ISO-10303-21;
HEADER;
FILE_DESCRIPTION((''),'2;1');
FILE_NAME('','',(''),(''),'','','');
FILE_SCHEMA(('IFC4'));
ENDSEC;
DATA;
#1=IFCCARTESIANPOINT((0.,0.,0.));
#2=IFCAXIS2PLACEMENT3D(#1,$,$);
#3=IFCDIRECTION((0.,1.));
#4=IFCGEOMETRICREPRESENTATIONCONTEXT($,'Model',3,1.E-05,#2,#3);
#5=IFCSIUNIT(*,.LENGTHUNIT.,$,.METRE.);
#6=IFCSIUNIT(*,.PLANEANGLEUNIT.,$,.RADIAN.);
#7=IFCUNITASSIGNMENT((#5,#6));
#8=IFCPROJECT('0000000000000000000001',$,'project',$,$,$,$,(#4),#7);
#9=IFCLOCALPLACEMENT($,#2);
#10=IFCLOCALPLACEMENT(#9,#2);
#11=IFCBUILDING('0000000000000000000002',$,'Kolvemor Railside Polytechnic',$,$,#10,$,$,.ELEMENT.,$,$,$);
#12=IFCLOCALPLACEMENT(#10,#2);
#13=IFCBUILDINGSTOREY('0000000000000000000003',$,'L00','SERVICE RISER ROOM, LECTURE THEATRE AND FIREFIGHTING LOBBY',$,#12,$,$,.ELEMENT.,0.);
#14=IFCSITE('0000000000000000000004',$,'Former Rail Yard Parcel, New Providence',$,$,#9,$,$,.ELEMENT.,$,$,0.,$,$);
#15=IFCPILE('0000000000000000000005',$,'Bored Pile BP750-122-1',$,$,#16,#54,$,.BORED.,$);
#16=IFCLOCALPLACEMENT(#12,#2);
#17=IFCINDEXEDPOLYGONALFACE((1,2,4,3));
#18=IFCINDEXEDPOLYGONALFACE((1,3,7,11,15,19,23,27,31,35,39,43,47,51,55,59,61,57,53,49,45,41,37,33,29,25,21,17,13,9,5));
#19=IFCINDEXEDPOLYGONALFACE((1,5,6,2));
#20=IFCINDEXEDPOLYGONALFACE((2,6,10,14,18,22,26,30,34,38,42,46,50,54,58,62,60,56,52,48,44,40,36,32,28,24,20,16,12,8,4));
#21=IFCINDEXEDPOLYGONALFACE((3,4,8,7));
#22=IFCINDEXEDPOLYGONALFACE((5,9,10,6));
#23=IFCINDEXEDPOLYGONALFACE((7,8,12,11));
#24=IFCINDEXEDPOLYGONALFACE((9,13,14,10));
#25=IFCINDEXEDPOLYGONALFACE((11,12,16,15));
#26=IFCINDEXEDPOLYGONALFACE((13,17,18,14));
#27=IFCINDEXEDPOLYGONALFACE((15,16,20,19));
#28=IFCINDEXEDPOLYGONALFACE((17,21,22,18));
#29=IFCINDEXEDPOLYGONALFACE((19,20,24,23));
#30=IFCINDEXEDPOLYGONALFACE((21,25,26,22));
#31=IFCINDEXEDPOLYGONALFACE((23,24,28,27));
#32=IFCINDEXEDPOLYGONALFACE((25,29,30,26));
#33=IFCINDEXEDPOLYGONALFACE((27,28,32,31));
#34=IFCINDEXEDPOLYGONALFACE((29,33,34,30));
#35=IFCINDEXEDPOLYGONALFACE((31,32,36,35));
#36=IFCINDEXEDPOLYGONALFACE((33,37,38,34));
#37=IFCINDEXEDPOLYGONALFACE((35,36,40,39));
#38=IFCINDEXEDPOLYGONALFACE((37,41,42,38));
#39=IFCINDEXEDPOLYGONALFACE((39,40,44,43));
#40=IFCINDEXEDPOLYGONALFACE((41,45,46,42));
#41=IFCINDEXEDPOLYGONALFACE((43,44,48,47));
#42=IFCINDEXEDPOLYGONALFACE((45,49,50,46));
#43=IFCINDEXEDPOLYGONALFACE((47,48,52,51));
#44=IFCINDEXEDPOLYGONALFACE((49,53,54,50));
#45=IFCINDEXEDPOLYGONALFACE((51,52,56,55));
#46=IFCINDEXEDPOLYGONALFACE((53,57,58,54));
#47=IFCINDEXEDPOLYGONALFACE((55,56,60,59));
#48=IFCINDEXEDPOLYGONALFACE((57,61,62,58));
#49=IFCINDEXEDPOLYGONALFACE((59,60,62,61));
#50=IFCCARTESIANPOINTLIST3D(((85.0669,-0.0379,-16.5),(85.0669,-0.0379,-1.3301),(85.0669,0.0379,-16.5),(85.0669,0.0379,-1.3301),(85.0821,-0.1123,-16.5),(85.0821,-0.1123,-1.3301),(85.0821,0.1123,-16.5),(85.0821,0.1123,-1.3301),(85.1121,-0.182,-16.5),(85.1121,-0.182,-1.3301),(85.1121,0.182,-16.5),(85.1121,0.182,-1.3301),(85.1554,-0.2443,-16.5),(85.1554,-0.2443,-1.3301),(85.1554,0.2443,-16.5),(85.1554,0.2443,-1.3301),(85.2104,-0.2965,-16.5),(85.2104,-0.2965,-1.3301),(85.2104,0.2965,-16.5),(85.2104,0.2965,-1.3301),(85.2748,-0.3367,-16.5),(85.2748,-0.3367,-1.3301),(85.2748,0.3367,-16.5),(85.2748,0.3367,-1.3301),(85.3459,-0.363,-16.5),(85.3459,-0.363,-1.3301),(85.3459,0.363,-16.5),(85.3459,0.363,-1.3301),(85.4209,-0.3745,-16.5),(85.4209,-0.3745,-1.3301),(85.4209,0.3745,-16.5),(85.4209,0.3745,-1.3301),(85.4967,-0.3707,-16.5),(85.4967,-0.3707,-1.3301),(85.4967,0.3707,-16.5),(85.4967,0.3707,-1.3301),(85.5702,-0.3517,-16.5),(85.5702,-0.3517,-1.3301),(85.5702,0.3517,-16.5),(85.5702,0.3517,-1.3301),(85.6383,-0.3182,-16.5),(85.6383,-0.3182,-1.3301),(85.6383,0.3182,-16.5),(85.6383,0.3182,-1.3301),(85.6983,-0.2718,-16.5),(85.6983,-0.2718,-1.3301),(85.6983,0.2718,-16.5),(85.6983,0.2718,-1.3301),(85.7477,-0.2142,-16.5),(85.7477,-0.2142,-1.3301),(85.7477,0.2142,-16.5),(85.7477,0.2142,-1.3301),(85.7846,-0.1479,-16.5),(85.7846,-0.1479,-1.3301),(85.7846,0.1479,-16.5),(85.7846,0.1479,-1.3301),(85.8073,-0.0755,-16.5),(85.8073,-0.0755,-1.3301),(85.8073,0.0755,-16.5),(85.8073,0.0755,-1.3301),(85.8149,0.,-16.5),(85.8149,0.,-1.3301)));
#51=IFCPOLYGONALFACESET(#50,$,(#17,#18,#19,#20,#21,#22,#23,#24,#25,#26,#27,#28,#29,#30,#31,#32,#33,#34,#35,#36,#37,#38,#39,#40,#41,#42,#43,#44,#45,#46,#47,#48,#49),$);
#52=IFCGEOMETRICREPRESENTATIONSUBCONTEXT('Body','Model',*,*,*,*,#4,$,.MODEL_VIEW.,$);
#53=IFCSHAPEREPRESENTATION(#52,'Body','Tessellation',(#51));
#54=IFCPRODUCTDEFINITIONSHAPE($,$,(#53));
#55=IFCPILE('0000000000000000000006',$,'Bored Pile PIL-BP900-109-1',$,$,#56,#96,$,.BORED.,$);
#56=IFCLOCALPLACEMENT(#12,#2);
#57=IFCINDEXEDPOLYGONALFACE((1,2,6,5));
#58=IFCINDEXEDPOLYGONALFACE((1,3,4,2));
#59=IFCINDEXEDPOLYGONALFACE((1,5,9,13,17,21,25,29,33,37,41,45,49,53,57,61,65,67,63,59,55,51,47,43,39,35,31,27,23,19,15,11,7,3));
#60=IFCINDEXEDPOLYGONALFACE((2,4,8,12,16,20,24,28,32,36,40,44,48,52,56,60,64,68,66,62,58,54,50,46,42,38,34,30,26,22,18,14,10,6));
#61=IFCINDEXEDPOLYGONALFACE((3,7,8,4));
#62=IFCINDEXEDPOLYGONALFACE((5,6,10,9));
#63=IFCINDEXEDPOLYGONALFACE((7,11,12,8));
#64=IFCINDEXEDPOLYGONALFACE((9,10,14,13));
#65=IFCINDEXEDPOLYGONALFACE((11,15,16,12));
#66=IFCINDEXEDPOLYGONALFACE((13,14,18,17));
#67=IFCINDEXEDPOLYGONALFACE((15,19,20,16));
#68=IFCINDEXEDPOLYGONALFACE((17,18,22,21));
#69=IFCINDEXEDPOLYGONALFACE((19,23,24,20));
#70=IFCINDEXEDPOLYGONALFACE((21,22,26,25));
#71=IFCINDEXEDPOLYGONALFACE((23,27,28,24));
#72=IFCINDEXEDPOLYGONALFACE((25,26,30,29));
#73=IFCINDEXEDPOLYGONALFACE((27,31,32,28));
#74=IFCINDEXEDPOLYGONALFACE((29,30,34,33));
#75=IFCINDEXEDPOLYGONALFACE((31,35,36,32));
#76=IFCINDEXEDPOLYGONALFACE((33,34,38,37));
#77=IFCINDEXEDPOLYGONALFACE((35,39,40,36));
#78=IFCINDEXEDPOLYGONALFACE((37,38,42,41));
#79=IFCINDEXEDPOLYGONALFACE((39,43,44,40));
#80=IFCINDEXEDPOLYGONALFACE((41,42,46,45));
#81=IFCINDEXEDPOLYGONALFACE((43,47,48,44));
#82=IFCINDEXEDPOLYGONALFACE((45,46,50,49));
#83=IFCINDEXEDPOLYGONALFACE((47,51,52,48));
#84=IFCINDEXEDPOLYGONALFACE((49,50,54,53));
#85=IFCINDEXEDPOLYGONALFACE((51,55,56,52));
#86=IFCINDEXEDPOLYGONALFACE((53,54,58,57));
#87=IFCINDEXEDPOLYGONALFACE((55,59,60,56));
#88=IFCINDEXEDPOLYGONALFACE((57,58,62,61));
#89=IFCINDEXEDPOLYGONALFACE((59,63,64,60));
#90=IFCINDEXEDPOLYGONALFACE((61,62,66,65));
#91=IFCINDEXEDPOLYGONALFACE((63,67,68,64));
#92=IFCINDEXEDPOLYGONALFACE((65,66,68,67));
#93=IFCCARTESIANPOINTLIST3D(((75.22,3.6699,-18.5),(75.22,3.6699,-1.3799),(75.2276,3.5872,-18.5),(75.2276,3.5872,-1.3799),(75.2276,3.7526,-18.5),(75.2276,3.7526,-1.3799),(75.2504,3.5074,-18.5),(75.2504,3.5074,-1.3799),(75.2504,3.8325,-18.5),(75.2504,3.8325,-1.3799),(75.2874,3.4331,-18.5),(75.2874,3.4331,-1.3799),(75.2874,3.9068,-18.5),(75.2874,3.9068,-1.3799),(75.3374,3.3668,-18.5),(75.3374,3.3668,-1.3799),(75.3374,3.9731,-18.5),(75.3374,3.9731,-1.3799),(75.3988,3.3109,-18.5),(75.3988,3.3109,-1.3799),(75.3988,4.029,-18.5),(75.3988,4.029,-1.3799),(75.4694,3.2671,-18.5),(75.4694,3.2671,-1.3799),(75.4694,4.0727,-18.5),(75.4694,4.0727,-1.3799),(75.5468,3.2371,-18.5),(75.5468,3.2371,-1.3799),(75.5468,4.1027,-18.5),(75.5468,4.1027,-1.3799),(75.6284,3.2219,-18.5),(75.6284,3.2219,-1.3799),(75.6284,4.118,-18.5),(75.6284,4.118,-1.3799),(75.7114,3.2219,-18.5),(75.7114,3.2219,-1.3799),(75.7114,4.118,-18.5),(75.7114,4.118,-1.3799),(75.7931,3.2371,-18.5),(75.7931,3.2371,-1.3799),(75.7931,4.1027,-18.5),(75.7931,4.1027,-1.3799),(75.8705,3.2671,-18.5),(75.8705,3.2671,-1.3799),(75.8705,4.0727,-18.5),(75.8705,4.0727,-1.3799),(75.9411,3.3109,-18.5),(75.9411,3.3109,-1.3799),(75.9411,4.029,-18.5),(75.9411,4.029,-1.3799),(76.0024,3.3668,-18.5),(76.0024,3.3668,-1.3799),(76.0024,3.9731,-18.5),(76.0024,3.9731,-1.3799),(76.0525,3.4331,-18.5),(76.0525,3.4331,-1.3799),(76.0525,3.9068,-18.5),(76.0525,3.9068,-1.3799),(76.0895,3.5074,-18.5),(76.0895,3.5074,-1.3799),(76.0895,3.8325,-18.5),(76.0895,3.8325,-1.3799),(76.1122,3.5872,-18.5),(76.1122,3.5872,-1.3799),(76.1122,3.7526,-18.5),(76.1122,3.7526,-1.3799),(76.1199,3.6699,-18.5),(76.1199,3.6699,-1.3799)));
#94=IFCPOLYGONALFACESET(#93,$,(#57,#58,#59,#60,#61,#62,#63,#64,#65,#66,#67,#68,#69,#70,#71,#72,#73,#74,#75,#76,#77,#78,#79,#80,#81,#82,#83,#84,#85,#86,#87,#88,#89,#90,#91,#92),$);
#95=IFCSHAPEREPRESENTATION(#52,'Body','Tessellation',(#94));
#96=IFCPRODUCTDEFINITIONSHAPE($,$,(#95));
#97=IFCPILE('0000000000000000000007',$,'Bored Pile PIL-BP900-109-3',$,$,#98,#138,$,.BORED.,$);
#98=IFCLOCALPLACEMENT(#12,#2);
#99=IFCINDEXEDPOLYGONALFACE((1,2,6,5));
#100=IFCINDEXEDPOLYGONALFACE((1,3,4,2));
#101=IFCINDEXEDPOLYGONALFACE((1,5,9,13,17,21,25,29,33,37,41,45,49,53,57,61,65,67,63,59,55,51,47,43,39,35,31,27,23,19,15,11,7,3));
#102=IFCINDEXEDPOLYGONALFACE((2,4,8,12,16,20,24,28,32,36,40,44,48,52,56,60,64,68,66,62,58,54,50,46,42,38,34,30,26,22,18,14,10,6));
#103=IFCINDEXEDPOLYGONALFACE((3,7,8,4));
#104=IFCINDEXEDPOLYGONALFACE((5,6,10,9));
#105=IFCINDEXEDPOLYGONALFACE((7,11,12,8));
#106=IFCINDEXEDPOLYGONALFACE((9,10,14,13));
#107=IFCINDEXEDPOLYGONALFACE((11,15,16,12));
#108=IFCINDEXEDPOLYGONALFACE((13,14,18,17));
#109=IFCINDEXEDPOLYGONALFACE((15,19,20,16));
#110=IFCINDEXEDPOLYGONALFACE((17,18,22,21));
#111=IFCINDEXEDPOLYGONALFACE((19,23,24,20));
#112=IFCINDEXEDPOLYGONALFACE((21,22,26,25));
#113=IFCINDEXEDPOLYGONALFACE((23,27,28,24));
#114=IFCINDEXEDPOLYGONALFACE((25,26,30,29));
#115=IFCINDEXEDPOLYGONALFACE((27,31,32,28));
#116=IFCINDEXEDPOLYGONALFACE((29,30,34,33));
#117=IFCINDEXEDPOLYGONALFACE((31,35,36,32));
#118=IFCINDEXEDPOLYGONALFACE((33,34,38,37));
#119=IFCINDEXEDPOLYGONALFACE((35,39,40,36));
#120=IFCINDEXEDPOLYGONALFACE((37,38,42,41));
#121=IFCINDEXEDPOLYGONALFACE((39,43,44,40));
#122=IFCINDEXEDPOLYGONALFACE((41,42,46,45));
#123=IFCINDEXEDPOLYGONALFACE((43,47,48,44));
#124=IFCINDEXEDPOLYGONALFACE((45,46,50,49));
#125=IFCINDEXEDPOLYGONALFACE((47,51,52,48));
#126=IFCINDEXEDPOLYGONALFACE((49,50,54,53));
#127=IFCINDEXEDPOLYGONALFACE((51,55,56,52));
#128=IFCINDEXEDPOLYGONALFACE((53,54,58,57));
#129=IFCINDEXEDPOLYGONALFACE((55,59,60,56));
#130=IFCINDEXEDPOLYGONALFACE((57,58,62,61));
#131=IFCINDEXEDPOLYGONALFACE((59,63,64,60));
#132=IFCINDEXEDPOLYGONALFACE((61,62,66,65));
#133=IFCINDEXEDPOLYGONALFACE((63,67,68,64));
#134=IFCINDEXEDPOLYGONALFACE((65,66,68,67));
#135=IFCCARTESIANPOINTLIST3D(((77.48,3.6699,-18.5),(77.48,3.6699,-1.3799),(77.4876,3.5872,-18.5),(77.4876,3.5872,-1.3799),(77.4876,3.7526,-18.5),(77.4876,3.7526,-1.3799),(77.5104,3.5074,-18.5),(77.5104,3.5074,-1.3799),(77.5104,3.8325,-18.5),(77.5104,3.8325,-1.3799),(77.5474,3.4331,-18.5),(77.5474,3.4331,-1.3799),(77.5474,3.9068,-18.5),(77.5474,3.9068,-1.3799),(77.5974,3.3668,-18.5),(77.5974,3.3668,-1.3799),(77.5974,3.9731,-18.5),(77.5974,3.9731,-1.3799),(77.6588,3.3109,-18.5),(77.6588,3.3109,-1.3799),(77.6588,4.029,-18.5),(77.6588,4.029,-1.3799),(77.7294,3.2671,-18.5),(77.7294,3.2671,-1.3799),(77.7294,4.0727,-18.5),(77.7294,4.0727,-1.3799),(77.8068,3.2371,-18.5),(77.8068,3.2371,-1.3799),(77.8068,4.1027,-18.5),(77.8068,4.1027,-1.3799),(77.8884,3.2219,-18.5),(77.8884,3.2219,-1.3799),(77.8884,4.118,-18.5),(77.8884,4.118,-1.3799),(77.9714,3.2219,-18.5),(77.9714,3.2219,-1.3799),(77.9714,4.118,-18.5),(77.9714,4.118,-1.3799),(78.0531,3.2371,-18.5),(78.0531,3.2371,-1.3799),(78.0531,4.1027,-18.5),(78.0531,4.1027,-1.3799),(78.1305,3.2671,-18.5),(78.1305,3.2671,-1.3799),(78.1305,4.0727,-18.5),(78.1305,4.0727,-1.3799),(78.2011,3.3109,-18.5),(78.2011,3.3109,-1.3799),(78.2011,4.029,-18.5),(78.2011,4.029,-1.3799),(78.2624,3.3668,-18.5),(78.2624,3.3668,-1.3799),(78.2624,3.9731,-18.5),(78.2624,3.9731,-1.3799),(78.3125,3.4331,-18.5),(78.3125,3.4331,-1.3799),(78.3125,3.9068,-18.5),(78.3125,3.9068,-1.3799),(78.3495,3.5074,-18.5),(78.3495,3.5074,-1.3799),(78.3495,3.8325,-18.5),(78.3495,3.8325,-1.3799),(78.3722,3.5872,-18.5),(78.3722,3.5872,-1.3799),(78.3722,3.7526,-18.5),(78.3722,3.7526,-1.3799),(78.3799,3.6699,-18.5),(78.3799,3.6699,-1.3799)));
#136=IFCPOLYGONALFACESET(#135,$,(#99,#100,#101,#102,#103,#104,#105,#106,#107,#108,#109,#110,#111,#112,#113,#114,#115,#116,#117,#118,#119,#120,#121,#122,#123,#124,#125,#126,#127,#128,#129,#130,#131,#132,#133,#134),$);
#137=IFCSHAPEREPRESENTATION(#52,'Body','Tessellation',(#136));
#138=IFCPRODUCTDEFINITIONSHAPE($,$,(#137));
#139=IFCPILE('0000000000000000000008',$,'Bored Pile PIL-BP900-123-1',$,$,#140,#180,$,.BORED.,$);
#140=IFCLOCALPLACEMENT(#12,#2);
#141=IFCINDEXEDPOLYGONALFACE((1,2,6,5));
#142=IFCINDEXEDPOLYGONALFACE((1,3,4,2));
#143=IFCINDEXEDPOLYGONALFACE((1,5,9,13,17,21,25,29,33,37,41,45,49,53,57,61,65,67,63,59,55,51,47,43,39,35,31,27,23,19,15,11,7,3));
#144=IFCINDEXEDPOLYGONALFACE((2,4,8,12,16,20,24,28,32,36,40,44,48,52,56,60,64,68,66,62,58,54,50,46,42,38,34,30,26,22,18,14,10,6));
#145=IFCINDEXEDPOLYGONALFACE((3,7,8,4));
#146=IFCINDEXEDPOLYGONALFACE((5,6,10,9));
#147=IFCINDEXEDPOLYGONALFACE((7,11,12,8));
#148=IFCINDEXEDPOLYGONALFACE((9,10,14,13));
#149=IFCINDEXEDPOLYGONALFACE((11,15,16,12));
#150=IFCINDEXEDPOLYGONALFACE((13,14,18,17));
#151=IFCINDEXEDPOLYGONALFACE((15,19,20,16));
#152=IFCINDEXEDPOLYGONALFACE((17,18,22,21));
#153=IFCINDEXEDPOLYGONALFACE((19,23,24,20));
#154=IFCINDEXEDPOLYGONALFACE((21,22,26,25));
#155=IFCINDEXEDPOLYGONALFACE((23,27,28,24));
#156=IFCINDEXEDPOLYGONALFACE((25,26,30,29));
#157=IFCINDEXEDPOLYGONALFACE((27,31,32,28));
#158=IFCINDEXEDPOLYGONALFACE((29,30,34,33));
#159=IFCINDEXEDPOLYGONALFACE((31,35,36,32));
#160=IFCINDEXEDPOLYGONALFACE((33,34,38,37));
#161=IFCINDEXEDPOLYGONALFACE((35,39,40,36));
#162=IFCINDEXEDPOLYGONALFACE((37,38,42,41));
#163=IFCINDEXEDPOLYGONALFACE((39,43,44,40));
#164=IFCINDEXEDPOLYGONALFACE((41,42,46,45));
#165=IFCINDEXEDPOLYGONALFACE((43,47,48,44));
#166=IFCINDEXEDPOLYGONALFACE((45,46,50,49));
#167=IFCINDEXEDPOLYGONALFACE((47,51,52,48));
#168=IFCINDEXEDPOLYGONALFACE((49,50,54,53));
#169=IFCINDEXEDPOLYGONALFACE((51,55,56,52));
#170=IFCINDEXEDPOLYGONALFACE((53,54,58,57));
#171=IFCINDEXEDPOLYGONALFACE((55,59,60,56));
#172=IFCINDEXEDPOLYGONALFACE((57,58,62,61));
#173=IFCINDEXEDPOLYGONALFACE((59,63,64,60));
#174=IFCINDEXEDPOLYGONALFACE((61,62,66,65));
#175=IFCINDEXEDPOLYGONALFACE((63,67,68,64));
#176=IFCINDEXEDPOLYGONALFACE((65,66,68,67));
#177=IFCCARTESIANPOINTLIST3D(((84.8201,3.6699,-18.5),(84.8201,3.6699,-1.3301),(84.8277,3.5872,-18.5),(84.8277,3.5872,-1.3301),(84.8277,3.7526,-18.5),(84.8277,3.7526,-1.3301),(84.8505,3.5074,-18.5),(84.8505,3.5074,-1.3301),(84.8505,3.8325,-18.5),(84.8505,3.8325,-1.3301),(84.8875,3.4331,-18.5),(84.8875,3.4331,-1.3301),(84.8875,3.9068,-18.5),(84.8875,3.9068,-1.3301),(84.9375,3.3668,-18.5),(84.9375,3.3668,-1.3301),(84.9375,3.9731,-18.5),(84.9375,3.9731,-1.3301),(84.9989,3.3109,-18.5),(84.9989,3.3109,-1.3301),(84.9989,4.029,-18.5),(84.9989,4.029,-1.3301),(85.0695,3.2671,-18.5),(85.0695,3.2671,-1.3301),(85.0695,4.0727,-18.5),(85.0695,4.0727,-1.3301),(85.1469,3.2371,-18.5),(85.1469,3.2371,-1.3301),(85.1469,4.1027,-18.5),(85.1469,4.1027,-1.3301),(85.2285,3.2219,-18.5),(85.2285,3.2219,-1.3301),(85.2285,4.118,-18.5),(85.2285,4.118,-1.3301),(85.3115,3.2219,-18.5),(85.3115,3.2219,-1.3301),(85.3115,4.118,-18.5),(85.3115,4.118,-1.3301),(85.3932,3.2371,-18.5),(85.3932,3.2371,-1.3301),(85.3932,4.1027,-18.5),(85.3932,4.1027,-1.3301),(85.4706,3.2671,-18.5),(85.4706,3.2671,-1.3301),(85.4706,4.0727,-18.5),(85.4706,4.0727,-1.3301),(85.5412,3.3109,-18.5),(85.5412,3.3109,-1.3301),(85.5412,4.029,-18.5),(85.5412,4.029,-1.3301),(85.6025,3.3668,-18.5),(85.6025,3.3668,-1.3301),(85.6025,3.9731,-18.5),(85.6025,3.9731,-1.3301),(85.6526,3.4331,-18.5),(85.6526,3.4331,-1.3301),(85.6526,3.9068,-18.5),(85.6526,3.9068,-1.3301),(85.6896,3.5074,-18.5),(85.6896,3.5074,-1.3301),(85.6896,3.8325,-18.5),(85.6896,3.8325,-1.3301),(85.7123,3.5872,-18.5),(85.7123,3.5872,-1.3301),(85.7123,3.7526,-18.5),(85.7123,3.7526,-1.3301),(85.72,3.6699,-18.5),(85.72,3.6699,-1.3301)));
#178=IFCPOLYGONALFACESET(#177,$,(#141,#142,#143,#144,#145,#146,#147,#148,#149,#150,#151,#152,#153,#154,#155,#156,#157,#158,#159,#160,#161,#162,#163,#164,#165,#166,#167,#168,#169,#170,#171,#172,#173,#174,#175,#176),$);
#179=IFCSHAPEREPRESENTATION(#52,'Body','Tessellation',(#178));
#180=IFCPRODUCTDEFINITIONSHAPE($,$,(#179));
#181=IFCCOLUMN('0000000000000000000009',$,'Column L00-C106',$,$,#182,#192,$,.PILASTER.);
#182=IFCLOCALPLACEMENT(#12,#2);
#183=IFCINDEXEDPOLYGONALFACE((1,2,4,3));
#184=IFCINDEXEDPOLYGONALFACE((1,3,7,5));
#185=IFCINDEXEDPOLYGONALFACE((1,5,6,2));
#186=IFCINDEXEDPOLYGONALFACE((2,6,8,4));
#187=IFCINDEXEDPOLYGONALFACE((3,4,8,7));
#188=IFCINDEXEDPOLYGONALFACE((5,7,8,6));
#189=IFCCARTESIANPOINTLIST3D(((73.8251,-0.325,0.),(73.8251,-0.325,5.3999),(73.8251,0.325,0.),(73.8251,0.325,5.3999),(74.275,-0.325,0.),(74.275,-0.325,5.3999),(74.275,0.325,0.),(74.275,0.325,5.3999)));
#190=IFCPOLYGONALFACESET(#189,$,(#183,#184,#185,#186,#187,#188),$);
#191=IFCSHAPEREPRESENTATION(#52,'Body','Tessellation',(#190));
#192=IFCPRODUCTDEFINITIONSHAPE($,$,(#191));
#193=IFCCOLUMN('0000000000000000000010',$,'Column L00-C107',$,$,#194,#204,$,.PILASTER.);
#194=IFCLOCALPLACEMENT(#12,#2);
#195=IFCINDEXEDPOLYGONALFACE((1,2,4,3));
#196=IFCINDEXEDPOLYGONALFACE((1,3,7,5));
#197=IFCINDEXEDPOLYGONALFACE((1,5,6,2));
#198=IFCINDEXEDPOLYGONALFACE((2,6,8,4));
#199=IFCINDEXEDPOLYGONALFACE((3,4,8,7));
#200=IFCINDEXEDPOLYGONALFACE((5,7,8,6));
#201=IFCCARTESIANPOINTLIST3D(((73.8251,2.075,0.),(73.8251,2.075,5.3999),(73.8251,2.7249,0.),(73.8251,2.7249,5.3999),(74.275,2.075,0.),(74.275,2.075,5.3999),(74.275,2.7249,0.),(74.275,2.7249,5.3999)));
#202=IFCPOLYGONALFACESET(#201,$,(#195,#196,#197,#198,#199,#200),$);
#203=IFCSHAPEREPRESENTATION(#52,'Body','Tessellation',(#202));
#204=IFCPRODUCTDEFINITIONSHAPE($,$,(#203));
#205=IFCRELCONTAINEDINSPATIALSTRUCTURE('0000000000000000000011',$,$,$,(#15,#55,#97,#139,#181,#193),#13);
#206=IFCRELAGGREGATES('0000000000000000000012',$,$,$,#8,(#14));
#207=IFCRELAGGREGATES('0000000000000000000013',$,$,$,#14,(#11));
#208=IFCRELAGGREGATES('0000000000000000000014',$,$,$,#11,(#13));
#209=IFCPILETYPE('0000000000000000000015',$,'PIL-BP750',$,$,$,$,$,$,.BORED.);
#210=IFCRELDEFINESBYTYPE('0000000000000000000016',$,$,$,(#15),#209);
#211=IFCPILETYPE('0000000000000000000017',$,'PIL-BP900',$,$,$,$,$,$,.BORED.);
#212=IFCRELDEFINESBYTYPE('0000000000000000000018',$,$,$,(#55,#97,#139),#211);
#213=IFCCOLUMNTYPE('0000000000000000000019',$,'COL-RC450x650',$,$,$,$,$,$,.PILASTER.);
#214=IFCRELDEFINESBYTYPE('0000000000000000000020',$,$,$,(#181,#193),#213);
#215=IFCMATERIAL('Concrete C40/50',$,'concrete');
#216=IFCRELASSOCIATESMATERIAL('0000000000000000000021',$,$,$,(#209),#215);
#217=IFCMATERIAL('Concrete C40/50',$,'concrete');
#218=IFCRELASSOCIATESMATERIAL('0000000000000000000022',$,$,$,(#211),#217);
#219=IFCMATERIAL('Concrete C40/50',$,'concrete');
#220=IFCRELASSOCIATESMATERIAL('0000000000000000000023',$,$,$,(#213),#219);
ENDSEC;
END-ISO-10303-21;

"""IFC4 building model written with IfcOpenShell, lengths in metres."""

from ifc_helpers import new_model, si_unit, direction, frame, origin, origin_2d, place, context, subcontext, project, spatial, rectangle, circle, extrude, material, material_profile, profile_set, type_object, element, save


model = new_model("IFC4")

# Units and contexts
model_context = context("Model", 3, precision=1e-05, world=origin(), true_north=direction((0.0, 1.0)))
body_context = subcontext(model_context, "Body", "Model", "MODEL_VIEW")
ifc_project = project(units=[si_unit("LENGTHUNIT", "METRE"), si_unit("PLANEANGLEUNIT", "RADIAN")], contexts=[model_context])

# Site, building, storey
site_placement = place(None, origin())
site = spatial("IfcSite", under=ifc_project, at=site_placement, Name="Former Rail Yard Parcel, New Providence", CompositionType="ELEMENT", RefElevation=0.0)
building_placement = place(site_placement, origin())
building = spatial("IfcBuilding", under=site, at=building_placement, Name="Kolvemor Railside Polytechnic", CompositionType="ELEMENT")
storey_placement = place(building_placement, origin())
storey = spatial("IfcBuildingStorey", under=building, at=storey_placement, Name="L00", Description="SERVICE RISER ROOM, LECTURE THEATRE AND FIREFIGHTING LOBBY", CompositionType="ELEMENT", Elevation=0.0)

# Piles
ifc_material_1 = material(Name="Concrete C40/50", Category="concrete")
ifc_material_profile_1 = material_profile(ifc_material_1, circle(Radius=0.375, at=origin_2d()), Name="BP750")
ifc_profile_set_1 = profile_set([ifc_material_profile_1], Name="Concrete C40/50")
pile_type_1 = type_object("IfcPileType", Name="PIL-BP750", PredefinedType="BORED", material=ifc_profile_set_1)
pile_1_placement = place(storey_placement, frame((85.4399, 0.0, -1.3301), z_axis=(0.0, 0.0, -1.0), x_axis=(1.0, 0.0, 0.0)))
element("IfcPile", 1, at=pile_1_placement, inside=storey, type_object=pile_type_1, Name="Bored Pile BP750-122-1", PredefinedType="BORED", context=body_context, shape_type="SweptSolid", body=[
    extrude(circle(Radius=0.375, at=origin_2d()), origin(), (0.0, 0.0, 1.0), 15.1699),
])
ifc_material_2 = material(Name="Concrete C40/50", Category="concrete")
ifc_material_profile_2 = material_profile(ifc_material_2, circle(Radius=0.45, at=origin_2d()), Name="BP900")
ifc_profile_set_2 = profile_set([ifc_material_profile_2], Name="Concrete C40/50")
pile_type_2 = type_object("IfcPileType", Name="PIL-BP900", PredefinedType="BORED", material=ifc_profile_set_2)
for number, where, z_axis, x_axis, name in (
    (2, (75.6699, 3.6699, -1.3799), (0.0, 0.0, -1.0), (1.0, 0.0, 0.0), "Bored Pile PIL-BP900-109-1"),
    (3, (77.9299, 3.6699, -1.3799), (0.0, 0.0, -1.0), (1.0, 0.0, 0.0), "Bored Pile PIL-BP900-109-3"),
):
    element("IfcPile", number, at=place(storey_placement, frame(where, z_axis=z_axis, x_axis=x_axis)), inside=storey, type_object=pile_type_2, Name=name, PredefinedType="BORED", context=body_context, shape_type="SweptSolid", body=[
        extrude(circle(Radius=0.45, at=origin_2d()), origin(), (0.0, 0.0, 1.0), 17.1201),
    ])
pile_2_placement = place(storey_placement, frame((85.27, 3.6699, -1.3301), z_axis=(0.0, 0.0, -1.0), x_axis=(1.0, 0.0, 0.0)))
element("IfcPile", 4, at=pile_2_placement, inside=storey, type_object=pile_type_2, Name="Bored Pile PIL-BP900-123-1", PredefinedType="BORED", context=body_context, shape_type="SweptSolid", body=[
    extrude(circle(Radius=0.45, at=origin_2d()), origin(), (0.0, 0.0, 1.0), 17.1699),
])

# Columns
ifc_material_3 = material(Name="Concrete C40/50", Category="concrete")
ifc_material_profile_3 = material_profile(ifc_material_3, rectangle(XDim=0.45, YDim=0.6499, at=origin_2d()), Name="RC450x650")
ifc_profile_set_3 = profile_set([ifc_material_profile_3], Name="Concrete C40/50")
column_type_1 = type_object("IfcColumnType", Name="COL-RC450x650", PredefinedType="PILASTER", material=ifc_profile_set_3)
for number, where, z_axis, x_axis, name in (
    (5, (74.05, 0.0, 0.0), (0.0, 0.0, 1.0), (1.0, 0.0, 0.0), "Column L00-C106"),
    (6, (74.05, 2.3999, 0.0), (0.0, 0.0, 1.0), (1.0, 0.0, 0.0), "Column L00-C107"),
):
    element("IfcColumn", number, at=place(storey_placement, frame(where, z_axis=z_axis, x_axis=x_axis)), inside=storey, type_object=column_type_1, Name=name, PredefinedType="PILASTER", context=body_context, shape_type="SweptSolid", body=[
        extrude(rectangle(XDim=0.45, YDim=0.6499, at=origin_2d()), origin(), (0.0, 0.0, 1.0), 5.3999),
    ])

save(model, "model.ifc")
